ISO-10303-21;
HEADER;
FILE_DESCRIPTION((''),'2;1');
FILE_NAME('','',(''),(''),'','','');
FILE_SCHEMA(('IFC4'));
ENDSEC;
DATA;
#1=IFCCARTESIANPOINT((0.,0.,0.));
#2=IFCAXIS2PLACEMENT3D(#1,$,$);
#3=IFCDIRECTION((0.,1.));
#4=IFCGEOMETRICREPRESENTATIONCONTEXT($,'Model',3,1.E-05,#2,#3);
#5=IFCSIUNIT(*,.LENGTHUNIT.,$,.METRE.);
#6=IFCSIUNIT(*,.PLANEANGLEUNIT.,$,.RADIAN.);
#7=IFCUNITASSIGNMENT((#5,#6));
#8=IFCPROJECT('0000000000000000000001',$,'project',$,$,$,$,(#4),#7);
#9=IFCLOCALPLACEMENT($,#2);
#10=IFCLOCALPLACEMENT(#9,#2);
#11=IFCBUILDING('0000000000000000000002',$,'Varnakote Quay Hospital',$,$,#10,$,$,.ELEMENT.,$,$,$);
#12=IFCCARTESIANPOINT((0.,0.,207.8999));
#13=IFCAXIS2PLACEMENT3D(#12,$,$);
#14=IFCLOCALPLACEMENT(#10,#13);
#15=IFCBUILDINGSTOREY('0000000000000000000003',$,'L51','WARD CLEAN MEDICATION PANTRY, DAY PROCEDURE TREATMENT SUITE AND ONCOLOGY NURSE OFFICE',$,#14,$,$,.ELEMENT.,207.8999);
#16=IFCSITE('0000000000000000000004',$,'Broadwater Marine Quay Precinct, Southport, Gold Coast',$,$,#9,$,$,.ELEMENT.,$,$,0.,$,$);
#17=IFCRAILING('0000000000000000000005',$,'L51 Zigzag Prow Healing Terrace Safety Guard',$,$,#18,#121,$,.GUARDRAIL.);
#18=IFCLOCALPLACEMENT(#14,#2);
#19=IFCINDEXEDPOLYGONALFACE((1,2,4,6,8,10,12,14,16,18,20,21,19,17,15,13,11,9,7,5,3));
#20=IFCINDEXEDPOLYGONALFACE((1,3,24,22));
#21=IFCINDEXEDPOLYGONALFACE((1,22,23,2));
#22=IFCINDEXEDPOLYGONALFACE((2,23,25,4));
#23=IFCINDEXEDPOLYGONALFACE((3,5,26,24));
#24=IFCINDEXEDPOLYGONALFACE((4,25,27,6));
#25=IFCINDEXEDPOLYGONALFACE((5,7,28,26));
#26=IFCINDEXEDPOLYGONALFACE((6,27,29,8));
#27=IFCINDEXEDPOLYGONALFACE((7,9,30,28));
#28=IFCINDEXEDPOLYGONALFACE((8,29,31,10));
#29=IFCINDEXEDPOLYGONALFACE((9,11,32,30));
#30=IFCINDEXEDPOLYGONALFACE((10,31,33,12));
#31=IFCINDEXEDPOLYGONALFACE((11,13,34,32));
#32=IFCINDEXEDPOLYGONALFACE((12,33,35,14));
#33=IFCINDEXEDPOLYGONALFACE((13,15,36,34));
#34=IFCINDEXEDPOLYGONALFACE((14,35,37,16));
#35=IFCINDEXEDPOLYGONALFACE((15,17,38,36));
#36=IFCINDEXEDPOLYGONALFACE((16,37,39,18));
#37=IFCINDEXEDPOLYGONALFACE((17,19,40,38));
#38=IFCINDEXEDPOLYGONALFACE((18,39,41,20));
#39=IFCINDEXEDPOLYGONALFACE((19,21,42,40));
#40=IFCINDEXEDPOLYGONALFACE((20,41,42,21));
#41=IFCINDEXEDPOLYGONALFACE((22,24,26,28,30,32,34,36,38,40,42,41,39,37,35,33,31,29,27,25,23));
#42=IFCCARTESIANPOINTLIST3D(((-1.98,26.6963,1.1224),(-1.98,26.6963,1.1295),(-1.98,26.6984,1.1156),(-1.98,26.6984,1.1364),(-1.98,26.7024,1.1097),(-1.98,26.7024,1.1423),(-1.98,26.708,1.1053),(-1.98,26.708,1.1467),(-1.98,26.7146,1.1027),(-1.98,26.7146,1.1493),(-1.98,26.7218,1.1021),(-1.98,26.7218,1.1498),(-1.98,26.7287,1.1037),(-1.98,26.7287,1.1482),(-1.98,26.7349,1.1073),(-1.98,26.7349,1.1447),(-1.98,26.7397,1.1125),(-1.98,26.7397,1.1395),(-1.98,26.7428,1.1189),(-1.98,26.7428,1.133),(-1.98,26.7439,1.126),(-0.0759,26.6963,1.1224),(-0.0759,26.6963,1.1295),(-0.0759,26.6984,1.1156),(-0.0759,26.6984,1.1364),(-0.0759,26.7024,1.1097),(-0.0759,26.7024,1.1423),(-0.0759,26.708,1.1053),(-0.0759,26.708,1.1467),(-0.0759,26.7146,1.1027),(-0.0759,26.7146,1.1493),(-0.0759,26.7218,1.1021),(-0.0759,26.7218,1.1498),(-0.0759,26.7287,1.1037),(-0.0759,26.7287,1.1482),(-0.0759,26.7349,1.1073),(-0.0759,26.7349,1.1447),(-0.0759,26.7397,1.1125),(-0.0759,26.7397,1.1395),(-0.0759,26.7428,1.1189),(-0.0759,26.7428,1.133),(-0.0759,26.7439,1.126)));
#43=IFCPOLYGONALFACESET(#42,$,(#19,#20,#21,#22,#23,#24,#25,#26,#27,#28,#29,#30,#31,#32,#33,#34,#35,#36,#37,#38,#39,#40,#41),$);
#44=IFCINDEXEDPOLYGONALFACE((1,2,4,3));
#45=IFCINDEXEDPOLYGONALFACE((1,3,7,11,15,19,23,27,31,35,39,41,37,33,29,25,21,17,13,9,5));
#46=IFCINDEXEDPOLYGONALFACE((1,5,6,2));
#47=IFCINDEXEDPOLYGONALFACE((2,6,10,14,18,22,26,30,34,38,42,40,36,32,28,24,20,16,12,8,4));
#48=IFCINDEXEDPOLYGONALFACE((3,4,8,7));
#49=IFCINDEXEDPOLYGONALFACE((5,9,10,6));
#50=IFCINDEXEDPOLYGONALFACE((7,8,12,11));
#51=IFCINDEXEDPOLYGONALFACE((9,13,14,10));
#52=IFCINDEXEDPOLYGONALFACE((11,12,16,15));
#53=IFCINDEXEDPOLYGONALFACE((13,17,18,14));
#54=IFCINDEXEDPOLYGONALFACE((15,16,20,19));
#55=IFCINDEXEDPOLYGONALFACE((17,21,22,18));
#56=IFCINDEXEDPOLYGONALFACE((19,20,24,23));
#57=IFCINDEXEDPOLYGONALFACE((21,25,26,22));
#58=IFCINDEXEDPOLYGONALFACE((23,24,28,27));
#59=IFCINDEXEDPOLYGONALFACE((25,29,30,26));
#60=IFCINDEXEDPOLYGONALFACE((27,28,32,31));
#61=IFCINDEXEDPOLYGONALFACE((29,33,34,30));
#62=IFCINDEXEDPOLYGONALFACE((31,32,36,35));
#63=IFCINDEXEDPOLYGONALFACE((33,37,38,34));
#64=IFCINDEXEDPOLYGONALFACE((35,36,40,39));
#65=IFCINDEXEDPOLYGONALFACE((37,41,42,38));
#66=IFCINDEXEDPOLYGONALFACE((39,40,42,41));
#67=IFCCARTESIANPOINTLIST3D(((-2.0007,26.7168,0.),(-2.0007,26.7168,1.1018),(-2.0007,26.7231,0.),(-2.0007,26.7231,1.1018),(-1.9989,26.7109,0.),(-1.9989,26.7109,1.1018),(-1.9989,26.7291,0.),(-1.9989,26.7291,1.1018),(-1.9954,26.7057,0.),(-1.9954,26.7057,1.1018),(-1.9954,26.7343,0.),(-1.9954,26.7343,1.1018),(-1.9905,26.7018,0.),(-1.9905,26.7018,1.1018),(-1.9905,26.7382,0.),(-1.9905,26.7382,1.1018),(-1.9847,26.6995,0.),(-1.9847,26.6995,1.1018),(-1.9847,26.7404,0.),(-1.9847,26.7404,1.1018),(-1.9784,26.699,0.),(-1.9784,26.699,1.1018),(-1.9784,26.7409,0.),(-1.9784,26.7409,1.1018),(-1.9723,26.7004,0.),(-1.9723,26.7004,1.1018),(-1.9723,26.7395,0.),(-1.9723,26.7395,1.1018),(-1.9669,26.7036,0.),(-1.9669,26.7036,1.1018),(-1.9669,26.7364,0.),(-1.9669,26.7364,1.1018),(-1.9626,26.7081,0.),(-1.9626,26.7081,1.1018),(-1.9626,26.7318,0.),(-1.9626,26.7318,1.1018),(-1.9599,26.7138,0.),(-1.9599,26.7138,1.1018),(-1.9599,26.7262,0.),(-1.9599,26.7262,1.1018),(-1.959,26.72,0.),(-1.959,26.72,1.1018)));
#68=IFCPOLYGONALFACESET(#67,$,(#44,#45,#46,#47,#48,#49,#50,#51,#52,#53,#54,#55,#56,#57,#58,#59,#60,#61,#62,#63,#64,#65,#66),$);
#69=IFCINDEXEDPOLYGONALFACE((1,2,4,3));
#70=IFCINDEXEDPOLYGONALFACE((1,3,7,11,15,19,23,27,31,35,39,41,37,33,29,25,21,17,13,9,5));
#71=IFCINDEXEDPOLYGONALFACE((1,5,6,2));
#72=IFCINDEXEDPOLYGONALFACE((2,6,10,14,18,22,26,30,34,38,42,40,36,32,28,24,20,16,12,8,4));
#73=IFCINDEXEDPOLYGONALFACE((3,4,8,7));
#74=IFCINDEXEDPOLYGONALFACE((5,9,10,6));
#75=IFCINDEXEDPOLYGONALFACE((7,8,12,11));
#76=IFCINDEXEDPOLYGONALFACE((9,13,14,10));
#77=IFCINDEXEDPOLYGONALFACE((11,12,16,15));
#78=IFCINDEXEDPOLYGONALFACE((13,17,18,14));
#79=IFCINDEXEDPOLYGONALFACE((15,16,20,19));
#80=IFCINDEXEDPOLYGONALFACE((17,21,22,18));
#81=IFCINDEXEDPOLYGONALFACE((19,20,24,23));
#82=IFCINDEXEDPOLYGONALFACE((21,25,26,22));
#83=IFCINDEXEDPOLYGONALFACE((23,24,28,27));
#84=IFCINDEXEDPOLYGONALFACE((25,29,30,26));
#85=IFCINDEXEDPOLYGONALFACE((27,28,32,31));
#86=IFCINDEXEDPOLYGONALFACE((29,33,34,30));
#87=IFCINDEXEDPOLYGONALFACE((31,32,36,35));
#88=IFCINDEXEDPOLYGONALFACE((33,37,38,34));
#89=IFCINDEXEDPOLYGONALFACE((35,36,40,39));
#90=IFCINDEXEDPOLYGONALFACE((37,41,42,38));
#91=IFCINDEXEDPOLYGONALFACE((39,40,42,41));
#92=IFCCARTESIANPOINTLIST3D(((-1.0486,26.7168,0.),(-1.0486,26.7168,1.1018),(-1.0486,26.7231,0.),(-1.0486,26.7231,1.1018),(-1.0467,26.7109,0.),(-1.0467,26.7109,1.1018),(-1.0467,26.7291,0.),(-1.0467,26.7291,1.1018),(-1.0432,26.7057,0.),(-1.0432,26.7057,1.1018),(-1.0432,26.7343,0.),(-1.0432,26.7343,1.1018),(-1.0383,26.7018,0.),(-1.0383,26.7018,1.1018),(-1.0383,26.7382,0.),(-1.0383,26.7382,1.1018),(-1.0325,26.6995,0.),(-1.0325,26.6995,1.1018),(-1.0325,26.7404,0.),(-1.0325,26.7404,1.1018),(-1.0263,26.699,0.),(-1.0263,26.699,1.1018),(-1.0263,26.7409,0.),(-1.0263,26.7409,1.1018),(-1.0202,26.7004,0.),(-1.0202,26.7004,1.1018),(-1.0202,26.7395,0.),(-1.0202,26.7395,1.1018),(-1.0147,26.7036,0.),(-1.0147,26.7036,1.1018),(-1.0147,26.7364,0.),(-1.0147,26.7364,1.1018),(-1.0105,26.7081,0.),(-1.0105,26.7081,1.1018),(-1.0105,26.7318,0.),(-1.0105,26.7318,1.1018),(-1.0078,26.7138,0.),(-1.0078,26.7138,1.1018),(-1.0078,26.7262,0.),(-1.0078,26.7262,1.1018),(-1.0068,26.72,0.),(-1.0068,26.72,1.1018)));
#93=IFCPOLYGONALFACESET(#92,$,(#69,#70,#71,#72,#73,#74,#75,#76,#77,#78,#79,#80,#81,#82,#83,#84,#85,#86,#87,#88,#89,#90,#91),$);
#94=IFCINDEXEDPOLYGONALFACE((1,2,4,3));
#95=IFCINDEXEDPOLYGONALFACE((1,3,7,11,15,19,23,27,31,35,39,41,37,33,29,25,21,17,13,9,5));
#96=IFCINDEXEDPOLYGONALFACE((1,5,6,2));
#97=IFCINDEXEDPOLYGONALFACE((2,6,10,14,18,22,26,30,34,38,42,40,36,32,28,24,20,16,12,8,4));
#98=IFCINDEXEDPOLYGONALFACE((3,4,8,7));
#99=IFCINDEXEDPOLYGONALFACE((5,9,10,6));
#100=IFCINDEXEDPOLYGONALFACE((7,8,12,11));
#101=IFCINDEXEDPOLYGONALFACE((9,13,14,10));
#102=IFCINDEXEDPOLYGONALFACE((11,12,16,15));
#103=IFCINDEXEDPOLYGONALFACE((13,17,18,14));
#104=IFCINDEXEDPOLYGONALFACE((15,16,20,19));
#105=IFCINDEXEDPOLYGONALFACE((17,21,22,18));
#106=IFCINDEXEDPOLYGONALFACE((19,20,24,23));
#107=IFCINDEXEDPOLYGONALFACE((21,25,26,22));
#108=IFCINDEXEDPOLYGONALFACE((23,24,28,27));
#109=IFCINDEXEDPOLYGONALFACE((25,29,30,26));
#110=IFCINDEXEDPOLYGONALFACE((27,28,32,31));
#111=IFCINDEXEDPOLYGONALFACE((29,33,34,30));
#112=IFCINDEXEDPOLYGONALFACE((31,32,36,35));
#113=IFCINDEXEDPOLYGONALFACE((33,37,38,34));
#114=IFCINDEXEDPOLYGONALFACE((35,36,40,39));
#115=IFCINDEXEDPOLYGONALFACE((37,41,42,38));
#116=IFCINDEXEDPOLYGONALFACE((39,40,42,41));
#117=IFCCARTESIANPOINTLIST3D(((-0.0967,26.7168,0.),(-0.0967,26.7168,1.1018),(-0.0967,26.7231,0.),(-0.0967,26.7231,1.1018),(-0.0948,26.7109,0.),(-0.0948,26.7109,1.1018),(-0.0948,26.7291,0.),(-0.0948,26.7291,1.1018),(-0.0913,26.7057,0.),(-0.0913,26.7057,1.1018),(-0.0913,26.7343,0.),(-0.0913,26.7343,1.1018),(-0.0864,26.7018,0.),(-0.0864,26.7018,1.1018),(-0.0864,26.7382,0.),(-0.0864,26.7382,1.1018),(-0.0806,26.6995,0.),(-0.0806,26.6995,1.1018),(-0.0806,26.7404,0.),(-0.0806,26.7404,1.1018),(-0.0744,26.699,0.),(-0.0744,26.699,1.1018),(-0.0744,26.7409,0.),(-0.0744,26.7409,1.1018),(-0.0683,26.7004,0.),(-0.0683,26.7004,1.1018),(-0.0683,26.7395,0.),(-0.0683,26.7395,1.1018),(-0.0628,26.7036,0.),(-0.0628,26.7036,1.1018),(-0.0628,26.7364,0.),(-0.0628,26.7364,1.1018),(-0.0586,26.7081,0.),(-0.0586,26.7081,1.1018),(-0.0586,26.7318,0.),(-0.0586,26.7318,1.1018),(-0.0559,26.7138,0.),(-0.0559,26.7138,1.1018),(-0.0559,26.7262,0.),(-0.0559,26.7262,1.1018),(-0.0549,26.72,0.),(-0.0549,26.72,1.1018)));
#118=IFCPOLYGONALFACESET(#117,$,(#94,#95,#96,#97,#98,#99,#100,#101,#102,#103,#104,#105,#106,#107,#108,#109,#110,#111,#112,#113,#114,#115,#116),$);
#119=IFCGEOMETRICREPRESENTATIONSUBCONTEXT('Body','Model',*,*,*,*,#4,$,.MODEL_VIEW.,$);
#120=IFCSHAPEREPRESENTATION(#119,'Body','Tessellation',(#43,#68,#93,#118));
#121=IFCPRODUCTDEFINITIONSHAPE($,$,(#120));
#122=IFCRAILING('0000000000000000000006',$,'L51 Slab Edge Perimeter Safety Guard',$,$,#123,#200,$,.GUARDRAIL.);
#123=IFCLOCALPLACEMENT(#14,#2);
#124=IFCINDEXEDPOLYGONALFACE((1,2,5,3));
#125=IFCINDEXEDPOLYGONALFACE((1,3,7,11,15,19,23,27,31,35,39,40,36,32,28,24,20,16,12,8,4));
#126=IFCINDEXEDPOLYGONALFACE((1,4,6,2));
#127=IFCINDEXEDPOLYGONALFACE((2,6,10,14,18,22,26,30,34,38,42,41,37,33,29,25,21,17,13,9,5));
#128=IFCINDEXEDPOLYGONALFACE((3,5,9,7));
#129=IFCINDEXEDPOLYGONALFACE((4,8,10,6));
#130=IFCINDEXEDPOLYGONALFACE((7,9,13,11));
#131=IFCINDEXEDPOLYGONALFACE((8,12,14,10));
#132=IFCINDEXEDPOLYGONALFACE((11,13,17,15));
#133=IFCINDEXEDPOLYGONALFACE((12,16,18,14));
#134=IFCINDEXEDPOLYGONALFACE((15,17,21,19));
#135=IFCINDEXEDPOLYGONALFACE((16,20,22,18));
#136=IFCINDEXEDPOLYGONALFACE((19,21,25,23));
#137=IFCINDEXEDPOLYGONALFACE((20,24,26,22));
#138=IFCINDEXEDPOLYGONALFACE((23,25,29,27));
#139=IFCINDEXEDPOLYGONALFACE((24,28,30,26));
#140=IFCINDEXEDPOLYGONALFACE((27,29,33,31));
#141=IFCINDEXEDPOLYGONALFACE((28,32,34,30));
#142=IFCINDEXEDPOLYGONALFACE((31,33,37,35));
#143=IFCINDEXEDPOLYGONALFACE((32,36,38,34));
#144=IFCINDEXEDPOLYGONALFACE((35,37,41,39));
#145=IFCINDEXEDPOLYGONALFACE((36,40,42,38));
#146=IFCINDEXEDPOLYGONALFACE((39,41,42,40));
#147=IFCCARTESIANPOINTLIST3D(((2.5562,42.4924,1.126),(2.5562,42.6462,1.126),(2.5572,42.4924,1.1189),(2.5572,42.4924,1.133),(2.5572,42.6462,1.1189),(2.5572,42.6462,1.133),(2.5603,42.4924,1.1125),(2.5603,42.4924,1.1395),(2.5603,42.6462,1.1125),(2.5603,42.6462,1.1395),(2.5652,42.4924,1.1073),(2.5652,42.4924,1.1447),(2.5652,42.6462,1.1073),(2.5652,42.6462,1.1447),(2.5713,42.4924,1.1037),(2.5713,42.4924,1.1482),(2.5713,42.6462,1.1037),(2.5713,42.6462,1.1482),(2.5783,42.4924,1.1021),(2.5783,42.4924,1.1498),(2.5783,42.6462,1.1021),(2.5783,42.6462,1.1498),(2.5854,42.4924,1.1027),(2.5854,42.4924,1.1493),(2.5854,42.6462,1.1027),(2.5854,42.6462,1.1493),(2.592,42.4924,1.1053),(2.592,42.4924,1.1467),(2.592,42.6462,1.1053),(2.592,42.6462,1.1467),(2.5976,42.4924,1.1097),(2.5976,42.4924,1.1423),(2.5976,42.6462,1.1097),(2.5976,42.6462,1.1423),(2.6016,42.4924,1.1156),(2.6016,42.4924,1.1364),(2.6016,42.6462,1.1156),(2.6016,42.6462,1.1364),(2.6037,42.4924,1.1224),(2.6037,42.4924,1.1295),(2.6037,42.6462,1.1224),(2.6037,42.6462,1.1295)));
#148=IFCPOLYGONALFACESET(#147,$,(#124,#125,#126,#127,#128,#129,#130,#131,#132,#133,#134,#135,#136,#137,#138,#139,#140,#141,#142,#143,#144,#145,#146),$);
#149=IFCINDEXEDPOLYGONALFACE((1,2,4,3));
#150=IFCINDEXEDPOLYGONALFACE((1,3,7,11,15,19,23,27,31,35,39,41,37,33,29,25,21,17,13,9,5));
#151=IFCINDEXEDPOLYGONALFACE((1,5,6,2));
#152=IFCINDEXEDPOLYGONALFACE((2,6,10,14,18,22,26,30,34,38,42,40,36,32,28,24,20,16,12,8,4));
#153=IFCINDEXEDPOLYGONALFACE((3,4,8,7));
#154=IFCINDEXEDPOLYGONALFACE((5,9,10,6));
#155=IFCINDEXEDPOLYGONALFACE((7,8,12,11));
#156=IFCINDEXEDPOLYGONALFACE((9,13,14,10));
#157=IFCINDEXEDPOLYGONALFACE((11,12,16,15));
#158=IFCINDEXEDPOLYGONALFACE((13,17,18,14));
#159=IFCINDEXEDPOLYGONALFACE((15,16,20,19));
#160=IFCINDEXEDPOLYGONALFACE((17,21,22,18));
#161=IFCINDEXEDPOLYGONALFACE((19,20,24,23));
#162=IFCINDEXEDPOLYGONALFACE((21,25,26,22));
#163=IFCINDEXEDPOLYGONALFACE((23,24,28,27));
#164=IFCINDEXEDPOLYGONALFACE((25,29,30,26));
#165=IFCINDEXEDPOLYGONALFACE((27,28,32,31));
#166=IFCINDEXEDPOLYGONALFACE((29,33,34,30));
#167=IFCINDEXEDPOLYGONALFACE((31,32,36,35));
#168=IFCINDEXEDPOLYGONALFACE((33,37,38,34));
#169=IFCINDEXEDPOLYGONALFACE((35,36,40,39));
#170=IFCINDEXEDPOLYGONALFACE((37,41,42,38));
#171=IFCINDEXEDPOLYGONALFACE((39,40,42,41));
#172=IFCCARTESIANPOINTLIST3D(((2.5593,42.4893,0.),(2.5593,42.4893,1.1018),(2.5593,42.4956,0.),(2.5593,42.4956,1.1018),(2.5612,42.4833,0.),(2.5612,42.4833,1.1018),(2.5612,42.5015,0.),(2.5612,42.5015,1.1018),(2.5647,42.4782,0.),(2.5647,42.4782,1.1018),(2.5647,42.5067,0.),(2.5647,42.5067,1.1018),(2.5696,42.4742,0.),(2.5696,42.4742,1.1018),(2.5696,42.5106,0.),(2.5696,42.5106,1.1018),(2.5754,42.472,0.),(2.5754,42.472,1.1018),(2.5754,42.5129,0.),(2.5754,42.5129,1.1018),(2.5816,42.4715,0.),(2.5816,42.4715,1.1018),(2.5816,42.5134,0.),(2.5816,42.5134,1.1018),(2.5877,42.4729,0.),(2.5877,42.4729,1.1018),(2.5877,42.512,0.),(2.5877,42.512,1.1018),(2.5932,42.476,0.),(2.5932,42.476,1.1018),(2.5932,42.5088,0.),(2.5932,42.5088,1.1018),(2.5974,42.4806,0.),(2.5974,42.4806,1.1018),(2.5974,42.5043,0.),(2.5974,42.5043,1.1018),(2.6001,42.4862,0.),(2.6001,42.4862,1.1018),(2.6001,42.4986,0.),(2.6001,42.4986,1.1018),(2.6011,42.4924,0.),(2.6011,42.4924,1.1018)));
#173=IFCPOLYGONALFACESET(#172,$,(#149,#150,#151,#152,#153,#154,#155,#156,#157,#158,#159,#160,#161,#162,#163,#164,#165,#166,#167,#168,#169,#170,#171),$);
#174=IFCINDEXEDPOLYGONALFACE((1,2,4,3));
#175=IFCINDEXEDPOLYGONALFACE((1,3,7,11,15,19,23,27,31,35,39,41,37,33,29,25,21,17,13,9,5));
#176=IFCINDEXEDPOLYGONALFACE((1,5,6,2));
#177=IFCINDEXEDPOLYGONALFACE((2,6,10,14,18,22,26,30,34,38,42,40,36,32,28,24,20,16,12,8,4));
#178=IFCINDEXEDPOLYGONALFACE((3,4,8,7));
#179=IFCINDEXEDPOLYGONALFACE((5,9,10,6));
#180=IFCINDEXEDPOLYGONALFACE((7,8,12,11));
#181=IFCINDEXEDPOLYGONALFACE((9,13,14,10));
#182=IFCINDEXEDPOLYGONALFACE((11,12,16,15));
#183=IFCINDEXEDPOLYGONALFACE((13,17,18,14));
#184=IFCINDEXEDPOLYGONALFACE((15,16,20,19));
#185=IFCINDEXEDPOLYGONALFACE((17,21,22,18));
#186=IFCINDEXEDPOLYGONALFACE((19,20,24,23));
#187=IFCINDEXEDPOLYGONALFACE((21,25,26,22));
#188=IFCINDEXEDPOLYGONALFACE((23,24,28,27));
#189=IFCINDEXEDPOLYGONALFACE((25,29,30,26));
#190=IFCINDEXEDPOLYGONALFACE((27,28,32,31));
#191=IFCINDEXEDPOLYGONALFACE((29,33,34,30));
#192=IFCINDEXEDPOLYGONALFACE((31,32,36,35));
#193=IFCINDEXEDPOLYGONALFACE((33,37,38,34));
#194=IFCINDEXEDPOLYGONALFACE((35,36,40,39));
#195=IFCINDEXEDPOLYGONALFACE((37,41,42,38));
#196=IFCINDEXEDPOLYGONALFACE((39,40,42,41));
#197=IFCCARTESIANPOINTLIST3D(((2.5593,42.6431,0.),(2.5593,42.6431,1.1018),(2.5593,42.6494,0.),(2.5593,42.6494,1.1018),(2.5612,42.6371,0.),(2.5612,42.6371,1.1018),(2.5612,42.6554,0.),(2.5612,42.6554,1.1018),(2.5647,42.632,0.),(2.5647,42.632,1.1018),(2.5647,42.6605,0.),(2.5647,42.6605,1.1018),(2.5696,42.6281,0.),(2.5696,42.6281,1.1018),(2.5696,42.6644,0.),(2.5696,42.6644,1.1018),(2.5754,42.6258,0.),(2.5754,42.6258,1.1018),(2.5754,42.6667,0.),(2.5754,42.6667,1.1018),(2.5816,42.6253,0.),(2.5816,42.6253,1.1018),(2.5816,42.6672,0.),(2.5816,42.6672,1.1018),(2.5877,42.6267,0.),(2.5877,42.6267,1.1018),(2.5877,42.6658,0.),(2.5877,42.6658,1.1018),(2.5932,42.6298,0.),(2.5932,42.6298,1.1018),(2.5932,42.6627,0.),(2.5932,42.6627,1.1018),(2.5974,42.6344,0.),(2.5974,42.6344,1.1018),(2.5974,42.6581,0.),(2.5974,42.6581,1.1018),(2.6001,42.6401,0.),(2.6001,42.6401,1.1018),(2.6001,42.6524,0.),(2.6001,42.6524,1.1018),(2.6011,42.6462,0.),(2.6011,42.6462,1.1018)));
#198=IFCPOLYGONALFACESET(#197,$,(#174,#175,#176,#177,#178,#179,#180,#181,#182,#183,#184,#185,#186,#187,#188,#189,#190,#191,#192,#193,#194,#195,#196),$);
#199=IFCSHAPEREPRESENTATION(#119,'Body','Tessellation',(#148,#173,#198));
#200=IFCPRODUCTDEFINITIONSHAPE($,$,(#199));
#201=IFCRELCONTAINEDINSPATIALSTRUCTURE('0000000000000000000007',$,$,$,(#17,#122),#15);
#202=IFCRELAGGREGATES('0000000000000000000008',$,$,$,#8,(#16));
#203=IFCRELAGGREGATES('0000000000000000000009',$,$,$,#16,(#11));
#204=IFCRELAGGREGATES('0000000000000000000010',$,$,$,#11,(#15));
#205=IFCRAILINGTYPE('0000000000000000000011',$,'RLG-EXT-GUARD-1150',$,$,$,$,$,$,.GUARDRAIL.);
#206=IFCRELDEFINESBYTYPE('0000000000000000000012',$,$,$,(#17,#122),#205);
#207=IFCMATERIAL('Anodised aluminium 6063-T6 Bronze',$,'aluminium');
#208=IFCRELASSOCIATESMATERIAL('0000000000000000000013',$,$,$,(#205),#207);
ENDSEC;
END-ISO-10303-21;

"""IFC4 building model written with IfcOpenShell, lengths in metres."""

from ifc_helpers import new_model, si_unit, direction, frame, origin, origin_2d, place, context, subcontext, project, spatial, circle, extrude, material, type_object, element, save


model = new_model("IFC4")

# Units and contexts
model_context = context("Model", 3, precision=1e-05, world=origin(), true_north=direction((0.0, 1.0)))
body_context = subcontext(model_context, "Body", "Model", "MODEL_VIEW")
ifc_project = project(units=[si_unit("LENGTHUNIT", "METRE"), si_unit("PLANEANGLEUNIT", "RADIAN")], contexts=[model_context])

# Site, building, storey
site_placement = place(None, origin())
site = spatial("IfcSite", under=ifc_project, at=site_placement, Name="Broadwater Marine Quay Precinct, Southport, Gold Coast", CompositionType="ELEMENT", RefElevation=0.0)
building_placement = place(site_placement, origin())
building = spatial("IfcBuilding", under=site, at=building_placement, Name="Varnakote Quay Hospital", CompositionType="ELEMENT")
storey_placement = place(building_placement, frame((0.0, 0.0, 207.8999)))
storey = spatial("IfcBuildingStorey", under=building, at=storey_placement, Name="L51", Description="WARD CLEAN MEDICATION PANTRY, DAY PROCEDURE TREATMENT SUITE AND ONCOLOGY NURSE OFFICE", CompositionType="ELEMENT", Elevation=207.8999)

# Railings
ifc_material_1 = material(Name="Anodised aluminium 6063-T6 Bronze", Category="aluminium")
railing_type = type_object("IfcRailingType", Name="RLG-EXT-GUARD-1150", PredefinedType="GUARDRAIL", material=ifc_material_1)
railing_1_placement = place(storey_placement, frame((-1.98, 26.72, 0.0)))
element("IfcRailing", 1, at=railing_1_placement, inside=storey, type_object=railing_type, Name="L51 Zigzag Prow Healing Terrace Safety Guard", PredefinedType="GUARDRAIL", context=body_context, shape_type="SweptSolid", body=[
    extrude(circle(Radius=0.0239, at=origin_2d()), frame((0.0, 0.0, 1.126), z_axis=(1.0, 0.0, 0.0), x_axis=(0.0, 1.0, 0.0)), (0.0, 0.0, 1.0), 1.9041),
    extrude(circle(Radius=0.021, at=origin_2d()), origin(), (0.0, 0.0, 1.0), 1.1018),
    extrude(circle(Radius=0.021, at=origin_2d()), frame((0.9521, 0.0, 0.0)), (0.0, 0.0, 1.0), 1.1018),
    extrude(circle(Radius=0.021, at=origin_2d()), frame((1.9041, 0.0, 0.0)), (0.0, 0.0, 1.0), 1.1018),
])
railing_2_placement = place(storey_placement, frame((2.5801, 42.4924, 0.0)))
element("IfcRailing", 2, at=railing_2_placement, inside=storey, type_object=railing_type, Name="L51 Slab Edge Perimeter Safety Guard", PredefinedType="GUARDRAIL", context=body_context, shape_type="SweptSolid", body=[
    extrude(circle(Radius=0.0239, at=origin_2d()), frame((0.0, 0.0, 1.126), z_axis=(0.0, 1.0, 0.0), x_axis=(-1.0, 0.0, 0.0)), (0.0, 0.0, 1.0), 0.1538),
    extrude(circle(Radius=0.021, at=origin_2d()), origin(), (0.0, 0.0, 1.0), 1.1018),
    extrude(circle(Radius=0.021, at=origin_2d()), frame((0.0, 0.1538, 0.0)), (0.0, 0.0, 1.0), 1.1018),
])

save(model, "model.ifc")
